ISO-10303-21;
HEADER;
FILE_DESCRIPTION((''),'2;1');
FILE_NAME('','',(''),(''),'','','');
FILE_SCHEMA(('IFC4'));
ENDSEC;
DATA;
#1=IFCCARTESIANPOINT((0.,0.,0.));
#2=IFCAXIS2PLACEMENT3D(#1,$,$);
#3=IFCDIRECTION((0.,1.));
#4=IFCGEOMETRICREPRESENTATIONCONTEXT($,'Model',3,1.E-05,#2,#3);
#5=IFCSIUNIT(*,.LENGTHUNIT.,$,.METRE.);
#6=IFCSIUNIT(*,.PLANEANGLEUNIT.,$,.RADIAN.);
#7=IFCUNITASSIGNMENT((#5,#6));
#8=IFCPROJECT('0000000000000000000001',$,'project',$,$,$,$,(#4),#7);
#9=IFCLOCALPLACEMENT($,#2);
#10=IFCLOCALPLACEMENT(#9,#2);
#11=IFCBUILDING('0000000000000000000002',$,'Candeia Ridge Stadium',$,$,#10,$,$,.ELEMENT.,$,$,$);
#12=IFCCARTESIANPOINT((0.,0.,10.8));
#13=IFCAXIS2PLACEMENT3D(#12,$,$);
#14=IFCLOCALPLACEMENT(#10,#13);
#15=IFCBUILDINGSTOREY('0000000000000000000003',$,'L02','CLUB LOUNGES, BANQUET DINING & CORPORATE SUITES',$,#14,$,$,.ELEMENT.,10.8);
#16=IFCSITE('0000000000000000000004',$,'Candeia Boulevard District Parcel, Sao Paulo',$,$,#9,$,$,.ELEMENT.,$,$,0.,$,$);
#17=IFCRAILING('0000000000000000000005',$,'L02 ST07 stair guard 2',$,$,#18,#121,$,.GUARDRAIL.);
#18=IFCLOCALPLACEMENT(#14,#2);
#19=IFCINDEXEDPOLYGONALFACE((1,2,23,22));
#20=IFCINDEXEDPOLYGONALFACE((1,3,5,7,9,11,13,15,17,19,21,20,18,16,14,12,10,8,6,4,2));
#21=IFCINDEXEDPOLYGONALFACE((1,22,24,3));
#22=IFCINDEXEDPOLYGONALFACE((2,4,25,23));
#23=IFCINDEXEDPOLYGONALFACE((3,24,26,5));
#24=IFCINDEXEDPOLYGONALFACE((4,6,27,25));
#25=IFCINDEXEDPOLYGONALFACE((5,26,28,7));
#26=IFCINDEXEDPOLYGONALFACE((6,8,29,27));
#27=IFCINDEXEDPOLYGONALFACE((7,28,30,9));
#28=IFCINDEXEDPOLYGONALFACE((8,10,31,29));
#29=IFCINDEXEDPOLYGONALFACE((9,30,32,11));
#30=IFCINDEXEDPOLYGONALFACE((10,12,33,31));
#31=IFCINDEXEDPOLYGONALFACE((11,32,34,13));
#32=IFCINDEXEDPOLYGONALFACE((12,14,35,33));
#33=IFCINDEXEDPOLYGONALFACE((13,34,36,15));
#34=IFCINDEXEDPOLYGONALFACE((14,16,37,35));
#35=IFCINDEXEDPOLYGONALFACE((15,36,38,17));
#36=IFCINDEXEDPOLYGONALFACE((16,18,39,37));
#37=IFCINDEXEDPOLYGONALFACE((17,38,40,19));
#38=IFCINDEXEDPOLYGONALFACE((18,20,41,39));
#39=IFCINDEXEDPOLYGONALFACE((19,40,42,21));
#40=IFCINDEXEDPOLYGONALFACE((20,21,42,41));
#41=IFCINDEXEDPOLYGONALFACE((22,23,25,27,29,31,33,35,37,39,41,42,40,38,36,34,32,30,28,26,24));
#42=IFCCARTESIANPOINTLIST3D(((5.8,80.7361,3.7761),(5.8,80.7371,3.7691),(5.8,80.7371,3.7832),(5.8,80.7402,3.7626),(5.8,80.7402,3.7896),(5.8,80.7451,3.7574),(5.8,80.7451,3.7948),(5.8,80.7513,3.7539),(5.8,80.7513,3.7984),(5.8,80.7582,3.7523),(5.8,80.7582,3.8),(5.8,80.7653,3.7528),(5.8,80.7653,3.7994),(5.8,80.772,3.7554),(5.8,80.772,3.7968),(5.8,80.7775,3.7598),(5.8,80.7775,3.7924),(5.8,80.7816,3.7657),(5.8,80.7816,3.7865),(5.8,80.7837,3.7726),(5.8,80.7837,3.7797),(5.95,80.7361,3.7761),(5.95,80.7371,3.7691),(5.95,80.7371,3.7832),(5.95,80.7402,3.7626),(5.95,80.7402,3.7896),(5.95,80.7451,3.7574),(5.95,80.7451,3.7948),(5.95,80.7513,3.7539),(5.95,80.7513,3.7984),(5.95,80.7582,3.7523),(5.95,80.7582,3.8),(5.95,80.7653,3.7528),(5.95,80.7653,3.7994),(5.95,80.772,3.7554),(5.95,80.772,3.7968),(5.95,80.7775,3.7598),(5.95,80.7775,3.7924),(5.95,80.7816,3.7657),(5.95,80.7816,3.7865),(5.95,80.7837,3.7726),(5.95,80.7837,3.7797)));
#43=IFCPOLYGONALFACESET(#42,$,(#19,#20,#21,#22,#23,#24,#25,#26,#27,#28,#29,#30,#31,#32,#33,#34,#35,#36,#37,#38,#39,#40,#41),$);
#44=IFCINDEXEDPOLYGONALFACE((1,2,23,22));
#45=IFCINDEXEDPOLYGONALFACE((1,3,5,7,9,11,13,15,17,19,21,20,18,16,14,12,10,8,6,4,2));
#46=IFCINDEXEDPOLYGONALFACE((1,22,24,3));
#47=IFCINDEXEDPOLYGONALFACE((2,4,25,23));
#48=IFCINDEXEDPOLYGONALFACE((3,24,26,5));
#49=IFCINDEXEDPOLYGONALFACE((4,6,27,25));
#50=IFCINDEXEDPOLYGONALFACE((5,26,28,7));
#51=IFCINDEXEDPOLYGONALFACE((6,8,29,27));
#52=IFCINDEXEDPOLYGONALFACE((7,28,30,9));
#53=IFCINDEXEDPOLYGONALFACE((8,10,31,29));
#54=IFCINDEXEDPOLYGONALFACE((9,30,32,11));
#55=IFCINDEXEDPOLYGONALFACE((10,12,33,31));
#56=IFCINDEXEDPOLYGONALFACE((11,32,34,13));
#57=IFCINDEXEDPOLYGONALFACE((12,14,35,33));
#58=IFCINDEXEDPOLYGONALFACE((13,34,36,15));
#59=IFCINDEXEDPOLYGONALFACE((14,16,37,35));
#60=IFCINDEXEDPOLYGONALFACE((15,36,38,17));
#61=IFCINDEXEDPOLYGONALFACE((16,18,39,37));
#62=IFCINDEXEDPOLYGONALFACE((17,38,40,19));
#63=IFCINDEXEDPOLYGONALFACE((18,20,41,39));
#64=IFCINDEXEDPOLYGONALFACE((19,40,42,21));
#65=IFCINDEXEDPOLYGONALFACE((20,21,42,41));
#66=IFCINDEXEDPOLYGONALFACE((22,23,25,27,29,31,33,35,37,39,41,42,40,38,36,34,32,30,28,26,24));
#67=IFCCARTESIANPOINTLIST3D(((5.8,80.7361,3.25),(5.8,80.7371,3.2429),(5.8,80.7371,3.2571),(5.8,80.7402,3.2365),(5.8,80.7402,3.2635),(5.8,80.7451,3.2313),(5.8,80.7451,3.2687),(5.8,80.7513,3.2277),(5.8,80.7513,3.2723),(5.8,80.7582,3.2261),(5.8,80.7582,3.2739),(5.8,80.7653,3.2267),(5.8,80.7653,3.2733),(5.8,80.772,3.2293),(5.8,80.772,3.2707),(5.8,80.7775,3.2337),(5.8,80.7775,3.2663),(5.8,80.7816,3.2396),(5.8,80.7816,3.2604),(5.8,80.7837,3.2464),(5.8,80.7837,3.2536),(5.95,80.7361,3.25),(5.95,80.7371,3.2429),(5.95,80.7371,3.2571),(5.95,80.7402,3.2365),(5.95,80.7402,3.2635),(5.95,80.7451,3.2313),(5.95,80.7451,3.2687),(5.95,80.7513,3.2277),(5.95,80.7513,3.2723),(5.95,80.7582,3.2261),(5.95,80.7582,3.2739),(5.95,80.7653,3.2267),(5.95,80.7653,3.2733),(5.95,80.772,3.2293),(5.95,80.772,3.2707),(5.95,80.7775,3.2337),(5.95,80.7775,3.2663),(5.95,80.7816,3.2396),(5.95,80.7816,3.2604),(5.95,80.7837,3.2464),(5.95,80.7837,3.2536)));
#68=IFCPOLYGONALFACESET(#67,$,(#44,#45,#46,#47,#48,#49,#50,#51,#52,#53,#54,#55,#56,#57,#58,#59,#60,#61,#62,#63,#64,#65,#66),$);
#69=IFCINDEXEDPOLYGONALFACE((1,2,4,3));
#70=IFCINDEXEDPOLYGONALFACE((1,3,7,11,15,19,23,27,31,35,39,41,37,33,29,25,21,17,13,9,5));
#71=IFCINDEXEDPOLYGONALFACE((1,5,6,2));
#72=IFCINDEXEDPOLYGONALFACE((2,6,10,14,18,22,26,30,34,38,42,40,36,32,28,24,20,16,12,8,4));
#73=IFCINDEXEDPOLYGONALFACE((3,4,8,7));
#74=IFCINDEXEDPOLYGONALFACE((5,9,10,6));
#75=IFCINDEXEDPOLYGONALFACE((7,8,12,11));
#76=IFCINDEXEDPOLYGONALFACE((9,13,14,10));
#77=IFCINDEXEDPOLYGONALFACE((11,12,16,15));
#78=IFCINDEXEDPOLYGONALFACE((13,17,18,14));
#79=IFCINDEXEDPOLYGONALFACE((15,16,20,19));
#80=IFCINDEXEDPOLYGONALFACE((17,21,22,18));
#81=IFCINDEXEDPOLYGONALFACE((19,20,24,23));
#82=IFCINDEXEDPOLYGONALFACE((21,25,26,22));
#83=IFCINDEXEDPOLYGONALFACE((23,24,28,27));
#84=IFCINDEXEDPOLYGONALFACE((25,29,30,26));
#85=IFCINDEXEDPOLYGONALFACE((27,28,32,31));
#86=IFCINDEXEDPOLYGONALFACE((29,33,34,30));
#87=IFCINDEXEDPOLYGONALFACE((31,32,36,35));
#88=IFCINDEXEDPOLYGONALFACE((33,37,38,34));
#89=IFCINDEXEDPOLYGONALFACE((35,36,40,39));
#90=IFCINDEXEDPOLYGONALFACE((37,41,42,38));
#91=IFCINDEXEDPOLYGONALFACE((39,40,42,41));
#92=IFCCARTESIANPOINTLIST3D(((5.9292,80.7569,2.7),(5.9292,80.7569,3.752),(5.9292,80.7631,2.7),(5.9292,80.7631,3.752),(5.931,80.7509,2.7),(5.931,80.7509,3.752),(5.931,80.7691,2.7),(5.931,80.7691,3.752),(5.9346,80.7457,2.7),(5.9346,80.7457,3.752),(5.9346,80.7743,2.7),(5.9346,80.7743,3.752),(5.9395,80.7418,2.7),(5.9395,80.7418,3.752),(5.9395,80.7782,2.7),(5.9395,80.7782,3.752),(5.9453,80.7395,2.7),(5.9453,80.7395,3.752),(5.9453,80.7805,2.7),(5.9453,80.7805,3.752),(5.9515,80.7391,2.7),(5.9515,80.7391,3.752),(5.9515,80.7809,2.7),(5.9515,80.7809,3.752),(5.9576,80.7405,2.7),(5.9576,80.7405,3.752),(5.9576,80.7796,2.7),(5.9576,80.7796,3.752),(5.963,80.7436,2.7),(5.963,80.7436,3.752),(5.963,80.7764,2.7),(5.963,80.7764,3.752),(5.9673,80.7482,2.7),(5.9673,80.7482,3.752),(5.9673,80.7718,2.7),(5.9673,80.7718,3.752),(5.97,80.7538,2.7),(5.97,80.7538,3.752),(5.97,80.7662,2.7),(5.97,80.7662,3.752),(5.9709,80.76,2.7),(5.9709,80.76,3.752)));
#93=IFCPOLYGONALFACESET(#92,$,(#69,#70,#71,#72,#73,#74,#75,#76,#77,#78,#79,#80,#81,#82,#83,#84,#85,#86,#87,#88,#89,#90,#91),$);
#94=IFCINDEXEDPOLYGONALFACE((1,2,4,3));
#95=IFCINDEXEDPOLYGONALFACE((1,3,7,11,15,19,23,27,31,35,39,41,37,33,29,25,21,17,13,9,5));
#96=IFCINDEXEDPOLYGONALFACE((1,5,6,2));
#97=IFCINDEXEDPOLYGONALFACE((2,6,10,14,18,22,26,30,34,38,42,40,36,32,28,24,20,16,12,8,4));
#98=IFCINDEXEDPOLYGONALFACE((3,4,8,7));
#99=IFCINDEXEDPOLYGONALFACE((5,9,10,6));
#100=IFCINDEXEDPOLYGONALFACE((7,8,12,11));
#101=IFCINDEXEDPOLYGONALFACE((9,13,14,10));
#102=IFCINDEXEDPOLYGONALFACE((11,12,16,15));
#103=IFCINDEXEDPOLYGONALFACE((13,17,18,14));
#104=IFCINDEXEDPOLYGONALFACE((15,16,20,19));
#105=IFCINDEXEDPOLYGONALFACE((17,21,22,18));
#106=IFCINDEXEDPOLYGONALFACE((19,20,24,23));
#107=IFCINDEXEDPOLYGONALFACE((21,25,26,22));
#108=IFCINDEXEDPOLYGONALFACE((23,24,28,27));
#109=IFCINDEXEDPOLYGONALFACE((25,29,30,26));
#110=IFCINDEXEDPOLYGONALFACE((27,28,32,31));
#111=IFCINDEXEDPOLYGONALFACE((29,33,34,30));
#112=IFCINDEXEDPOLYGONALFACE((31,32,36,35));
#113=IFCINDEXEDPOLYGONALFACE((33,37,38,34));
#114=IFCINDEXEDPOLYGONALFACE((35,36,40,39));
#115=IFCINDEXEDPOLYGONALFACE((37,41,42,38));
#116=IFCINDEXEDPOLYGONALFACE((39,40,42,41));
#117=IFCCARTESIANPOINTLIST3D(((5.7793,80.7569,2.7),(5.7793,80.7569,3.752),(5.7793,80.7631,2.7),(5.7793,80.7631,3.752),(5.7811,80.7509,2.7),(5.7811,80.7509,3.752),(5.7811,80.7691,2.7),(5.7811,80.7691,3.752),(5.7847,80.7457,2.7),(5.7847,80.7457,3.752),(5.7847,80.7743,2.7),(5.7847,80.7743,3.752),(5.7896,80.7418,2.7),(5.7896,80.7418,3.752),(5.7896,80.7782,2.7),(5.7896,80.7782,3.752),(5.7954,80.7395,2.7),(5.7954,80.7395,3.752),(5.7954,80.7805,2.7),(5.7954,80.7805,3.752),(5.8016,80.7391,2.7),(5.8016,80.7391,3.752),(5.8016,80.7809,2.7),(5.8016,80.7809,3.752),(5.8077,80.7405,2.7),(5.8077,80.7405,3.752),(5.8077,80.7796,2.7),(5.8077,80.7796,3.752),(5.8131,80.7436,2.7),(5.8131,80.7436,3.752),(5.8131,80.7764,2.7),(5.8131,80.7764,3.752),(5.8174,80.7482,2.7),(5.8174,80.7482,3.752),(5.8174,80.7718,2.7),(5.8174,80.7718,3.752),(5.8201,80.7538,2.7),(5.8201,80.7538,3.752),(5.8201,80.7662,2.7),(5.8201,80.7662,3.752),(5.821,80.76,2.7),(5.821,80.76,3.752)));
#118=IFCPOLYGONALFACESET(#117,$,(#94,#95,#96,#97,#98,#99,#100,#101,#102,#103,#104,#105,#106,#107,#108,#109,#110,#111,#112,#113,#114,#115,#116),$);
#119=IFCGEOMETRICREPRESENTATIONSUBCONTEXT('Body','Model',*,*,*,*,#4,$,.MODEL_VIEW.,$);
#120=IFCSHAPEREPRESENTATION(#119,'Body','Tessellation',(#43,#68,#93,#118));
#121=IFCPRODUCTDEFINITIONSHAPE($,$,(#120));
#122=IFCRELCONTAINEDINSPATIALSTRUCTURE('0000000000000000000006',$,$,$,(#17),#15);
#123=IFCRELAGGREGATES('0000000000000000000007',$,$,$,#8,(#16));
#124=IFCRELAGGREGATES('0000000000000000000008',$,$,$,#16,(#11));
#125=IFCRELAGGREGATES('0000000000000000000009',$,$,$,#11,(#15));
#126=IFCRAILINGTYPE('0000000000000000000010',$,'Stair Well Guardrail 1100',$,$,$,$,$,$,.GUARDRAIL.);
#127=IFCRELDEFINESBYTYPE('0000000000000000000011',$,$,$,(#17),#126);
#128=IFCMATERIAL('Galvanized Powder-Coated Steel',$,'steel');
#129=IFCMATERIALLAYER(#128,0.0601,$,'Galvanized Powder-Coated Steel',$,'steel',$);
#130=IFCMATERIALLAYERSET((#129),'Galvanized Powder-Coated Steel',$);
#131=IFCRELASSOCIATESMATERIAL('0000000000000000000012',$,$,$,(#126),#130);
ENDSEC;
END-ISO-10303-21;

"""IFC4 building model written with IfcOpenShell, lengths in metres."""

from ifc_helpers import new_model, si_unit, direction, frame, origin, origin_2d, place, context, subcontext, project, spatial, circle, extrude, material, layer, layer_set, type_object, element, save


model = new_model("IFC4")

# Units and contexts
model_context = context("Model", 3, precision=1e-05, world=origin(), true_north=direction((0.0, 1.0)))
body_context = subcontext(model_context, "Body", "Model", "MODEL_VIEW")
ifc_project = project(units=[si_unit("LENGTHUNIT", "METRE"), si_unit("PLANEANGLEUNIT", "RADIAN")], contexts=[model_context])

# Site, building, storey
site_placement = place(None, origin())
site = spatial("IfcSite", under=ifc_project, at=site_placement, Name="Candeia Boulevard District Parcel, Sao Paulo", CompositionType="ELEMENT", RefElevation=0.0)
building_placement = place(site_placement, origin())
building = spatial("IfcBuilding", under=site, at=building_placement, Name="Candeia Ridge Stadium", CompositionType="ELEMENT")
storey_placement = place(building_placement, frame((0.0, 0.0, 10.8)))
storey = spatial("IfcBuildingStorey", under=building, at=storey_placement, Name="L02", Description="CLUB LOUNGES, BANQUET DINING & CORPORATE SUITES", CompositionType="ELEMENT", Elevation=10.8)

# Railing
ifc_material_1 = material(Name="Galvanized Powder-Coated Steel", Category="steel")
ifc_layer_1 = layer(ifc_material_1, 0.0601, Name="Galvanized Powder-Coated Steel", Category="steel")
ifc_layer_set_1 = layer_set([ifc_layer_1], Name="Galvanized Powder-Coated Steel")
railing_type = type_object("IfcRailingType", Name="Stair Well Guardrail 1100", PredefinedType="GUARDRAIL", material=ifc_layer_set_1)
railing_1_placement = place(storey_placement, frame((5.95, 80.76, 2.7)))
element("IfcRailing", 1, at=railing_1_placement, inside=storey, type_object=railing_type, Name="L02 ST07 stair guard 2", PredefinedType="GUARDRAIL", context=body_context, shape_type="SweptSolid", body=[
    extrude(circle(Radius=0.0239, at=origin_2d()), frame((0.0, 0.0, 1.0762), z_axis=(-1.0, 0.0, 0.0), x_axis=(0.0, -1.0, 0.0)), (0.0, 0.0, 1.0), 0.1499),
    extrude(circle(Radius=0.0239, at=origin_2d()), frame((0.0, 0.0, 0.55), z_axis=(-1.0, 0.0, 0.0), x_axis=(0.0, -1.0, 0.0)), (0.0, 0.0, 1.0), 0.1499),
    extrude(circle(Radius=0.021, at=origin_2d()), origin(), (0.0, 0.0, 1.0), 1.052),
    extrude(circle(Radius=0.021, at=origin_2d()), frame((-0.1499, 0.0, 0.0)), (0.0, 0.0, 1.0), 1.052),
])

save(model, "model.ifc")
